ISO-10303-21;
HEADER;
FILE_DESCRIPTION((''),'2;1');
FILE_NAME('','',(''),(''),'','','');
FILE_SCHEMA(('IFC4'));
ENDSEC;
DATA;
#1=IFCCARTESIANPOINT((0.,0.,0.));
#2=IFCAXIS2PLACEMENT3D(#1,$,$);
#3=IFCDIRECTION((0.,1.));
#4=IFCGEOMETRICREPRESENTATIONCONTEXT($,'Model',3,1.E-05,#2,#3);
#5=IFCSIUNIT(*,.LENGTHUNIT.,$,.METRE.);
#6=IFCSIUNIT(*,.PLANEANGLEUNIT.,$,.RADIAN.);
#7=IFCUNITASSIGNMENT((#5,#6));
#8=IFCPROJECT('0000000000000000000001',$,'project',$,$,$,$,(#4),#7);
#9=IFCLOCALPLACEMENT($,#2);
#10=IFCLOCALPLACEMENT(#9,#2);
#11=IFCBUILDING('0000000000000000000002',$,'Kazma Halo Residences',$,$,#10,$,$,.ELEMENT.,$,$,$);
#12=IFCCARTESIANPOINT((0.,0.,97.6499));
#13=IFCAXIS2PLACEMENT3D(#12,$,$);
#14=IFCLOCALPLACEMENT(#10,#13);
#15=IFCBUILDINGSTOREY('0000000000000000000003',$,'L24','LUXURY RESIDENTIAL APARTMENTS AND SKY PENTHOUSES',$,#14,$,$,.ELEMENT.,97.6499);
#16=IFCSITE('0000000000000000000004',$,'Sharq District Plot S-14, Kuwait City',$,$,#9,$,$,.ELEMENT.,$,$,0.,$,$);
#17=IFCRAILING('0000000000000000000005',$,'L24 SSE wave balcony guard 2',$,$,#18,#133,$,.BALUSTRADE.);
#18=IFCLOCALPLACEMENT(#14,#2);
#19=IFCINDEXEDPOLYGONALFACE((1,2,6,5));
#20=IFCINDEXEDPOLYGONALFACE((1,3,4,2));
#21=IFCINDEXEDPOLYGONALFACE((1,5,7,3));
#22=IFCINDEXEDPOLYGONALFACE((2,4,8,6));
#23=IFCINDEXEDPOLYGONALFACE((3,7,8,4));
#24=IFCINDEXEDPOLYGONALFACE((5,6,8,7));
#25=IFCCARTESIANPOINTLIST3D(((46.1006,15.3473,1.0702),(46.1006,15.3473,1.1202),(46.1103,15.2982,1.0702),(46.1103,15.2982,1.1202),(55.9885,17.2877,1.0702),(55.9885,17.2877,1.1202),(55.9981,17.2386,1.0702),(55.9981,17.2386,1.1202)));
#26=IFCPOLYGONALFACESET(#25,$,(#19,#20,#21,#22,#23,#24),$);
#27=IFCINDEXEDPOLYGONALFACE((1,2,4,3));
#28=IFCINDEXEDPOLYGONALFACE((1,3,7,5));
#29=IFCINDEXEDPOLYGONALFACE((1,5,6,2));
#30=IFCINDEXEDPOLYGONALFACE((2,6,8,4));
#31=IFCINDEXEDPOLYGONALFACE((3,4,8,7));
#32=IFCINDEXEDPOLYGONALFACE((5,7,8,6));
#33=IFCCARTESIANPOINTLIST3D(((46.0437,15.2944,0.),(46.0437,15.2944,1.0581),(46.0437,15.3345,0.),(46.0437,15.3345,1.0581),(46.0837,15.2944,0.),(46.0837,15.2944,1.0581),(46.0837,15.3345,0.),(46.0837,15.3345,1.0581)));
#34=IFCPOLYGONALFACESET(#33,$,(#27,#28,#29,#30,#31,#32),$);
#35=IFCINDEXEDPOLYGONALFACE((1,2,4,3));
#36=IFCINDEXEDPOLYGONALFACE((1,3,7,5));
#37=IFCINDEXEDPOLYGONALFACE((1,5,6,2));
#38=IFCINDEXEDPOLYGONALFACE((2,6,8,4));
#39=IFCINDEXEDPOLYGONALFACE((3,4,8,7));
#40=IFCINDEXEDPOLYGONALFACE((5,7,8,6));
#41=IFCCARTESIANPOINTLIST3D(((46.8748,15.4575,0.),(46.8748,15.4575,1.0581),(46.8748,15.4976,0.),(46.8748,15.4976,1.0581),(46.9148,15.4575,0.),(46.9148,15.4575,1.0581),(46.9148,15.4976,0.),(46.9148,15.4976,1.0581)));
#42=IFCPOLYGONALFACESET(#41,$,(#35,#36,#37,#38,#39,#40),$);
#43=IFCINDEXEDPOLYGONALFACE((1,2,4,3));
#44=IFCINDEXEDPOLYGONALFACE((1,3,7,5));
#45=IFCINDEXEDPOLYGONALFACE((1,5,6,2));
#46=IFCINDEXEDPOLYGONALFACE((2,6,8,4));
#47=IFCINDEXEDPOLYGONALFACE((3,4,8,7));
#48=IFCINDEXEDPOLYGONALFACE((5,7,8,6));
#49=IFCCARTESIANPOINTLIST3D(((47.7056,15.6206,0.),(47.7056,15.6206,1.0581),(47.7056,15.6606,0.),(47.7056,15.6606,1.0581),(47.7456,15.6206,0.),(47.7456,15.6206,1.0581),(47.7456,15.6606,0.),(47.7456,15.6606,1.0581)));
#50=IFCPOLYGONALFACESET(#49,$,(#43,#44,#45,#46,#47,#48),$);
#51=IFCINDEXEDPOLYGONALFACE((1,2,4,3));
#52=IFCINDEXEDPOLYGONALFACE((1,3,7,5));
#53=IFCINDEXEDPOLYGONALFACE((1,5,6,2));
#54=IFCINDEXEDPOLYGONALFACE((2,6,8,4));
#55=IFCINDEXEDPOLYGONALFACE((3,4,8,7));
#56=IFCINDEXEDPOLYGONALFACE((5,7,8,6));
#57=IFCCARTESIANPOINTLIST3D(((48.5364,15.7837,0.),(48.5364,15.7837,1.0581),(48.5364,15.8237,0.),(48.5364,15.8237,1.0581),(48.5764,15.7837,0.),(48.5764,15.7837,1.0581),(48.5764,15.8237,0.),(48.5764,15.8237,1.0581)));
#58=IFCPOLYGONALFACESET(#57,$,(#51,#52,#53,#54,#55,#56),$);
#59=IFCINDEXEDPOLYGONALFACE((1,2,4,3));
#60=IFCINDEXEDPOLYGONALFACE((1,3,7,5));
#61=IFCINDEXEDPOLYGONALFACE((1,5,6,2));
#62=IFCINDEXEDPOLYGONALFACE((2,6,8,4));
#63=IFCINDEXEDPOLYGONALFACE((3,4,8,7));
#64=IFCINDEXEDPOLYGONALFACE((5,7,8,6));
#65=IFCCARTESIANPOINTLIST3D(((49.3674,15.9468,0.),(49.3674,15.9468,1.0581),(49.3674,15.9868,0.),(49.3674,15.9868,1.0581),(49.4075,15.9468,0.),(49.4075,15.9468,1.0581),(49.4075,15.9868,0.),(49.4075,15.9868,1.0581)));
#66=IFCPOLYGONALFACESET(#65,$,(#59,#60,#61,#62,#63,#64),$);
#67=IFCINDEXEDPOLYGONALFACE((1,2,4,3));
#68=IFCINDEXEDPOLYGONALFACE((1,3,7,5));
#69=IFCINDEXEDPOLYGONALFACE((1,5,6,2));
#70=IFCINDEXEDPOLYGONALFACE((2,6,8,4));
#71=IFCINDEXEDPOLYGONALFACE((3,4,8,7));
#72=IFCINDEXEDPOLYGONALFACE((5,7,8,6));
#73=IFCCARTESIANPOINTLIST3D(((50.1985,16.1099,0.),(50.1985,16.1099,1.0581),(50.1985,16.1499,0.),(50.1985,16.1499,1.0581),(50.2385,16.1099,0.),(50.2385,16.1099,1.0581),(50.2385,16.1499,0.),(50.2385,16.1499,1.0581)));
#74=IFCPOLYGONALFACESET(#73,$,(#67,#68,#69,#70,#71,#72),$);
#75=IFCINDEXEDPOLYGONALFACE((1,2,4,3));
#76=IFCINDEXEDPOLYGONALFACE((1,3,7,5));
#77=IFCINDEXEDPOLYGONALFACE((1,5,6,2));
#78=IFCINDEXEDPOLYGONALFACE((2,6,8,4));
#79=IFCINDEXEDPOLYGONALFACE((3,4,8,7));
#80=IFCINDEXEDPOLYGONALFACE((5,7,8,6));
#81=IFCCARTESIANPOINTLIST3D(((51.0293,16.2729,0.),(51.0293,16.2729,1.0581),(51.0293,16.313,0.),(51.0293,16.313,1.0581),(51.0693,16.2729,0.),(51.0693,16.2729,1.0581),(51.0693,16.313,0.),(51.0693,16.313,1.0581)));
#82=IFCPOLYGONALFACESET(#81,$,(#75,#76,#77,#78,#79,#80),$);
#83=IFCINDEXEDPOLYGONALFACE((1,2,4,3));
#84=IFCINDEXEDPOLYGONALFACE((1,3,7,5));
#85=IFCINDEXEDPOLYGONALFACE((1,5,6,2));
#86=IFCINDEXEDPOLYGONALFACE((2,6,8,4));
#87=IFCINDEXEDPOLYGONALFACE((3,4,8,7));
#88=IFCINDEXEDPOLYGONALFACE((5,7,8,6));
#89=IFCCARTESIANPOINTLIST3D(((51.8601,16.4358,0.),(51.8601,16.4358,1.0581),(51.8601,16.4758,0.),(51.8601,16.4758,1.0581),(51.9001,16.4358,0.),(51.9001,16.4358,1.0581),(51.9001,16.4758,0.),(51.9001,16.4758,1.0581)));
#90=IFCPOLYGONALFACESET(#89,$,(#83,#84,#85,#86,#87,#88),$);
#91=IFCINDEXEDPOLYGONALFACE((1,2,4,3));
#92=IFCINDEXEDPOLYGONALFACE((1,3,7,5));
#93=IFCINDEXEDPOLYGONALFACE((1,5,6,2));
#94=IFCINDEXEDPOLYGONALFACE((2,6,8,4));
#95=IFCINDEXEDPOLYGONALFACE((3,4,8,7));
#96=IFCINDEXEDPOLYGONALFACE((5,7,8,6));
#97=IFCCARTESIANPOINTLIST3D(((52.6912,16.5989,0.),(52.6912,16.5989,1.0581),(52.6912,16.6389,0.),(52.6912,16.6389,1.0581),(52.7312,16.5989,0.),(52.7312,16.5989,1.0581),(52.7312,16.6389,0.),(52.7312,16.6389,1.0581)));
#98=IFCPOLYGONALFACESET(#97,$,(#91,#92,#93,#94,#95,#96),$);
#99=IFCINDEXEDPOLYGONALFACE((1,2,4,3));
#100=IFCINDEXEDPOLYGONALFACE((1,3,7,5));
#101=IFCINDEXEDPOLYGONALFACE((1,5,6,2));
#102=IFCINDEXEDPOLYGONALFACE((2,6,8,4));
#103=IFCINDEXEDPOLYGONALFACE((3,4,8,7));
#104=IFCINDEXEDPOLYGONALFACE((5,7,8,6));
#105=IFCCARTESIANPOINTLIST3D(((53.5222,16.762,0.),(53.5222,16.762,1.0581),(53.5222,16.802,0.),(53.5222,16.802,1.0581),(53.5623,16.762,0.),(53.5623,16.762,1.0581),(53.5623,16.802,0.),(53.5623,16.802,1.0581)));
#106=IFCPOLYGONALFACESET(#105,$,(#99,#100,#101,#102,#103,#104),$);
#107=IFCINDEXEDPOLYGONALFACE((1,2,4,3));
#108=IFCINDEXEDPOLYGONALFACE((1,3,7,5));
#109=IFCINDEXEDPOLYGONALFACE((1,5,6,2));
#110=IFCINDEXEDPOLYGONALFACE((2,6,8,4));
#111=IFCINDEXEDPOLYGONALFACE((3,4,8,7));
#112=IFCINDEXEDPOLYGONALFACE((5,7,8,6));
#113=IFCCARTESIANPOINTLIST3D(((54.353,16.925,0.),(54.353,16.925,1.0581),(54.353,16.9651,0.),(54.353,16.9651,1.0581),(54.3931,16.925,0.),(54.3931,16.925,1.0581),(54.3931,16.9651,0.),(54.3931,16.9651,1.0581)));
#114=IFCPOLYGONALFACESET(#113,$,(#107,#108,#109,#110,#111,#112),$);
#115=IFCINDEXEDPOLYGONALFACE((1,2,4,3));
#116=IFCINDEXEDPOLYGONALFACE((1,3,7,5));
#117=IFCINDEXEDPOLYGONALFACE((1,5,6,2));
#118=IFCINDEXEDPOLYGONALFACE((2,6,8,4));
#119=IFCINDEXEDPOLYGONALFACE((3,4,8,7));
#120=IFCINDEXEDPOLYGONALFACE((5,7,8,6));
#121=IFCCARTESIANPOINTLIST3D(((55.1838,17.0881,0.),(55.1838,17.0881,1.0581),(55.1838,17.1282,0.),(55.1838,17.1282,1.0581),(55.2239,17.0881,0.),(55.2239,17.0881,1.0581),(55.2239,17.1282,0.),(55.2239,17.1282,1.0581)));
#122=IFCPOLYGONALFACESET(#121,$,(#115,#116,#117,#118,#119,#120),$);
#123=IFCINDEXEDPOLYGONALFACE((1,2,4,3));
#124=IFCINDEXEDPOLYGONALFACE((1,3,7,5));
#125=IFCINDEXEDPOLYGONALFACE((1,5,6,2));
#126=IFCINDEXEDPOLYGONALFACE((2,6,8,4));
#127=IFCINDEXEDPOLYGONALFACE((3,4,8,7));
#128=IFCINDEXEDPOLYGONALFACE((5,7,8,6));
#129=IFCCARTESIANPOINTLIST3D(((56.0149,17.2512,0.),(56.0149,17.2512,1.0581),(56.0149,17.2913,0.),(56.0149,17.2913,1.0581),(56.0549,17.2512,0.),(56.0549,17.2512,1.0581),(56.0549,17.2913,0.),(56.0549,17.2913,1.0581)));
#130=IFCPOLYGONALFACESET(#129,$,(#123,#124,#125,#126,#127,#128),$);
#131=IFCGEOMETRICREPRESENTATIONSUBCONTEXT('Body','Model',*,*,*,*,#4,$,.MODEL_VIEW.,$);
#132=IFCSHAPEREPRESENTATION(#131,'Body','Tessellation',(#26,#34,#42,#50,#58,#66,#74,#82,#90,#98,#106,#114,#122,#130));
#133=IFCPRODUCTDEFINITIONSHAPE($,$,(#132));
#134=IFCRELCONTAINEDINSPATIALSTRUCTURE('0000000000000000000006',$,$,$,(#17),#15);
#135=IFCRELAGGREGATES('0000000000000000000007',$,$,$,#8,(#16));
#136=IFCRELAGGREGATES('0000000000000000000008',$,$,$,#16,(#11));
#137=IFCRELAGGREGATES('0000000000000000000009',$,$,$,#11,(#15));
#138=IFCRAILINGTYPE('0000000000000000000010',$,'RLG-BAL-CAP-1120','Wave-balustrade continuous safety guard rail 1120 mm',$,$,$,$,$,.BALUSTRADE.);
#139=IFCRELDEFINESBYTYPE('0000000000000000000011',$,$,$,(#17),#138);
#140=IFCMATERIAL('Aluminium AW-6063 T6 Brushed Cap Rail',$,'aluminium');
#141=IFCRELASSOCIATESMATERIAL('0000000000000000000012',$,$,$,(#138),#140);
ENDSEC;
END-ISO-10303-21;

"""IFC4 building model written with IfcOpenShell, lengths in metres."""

from ifc_helpers import new_model, si_unit, direction, frame, origin, origin_2d, place, context, subcontext, project, spatial, rectangle, extrude, material, type_object, element, save


model = new_model("IFC4")

# Units and contexts
model_context = context("Model", 3, precision=1e-05, world=origin(), true_north=direction((0.0, 1.0)))
body_context = subcontext(model_context, "Body", "Model", "MODEL_VIEW")
ifc_project = project(units=[si_unit("LENGTHUNIT", "METRE"), si_unit("PLANEANGLEUNIT", "RADIAN")], contexts=[model_context])

# Site, building, storey
site_placement = place(None, origin())
site = spatial("IfcSite", under=ifc_project, at=site_placement, Name="Sharq District Plot S-14, Kuwait City", CompositionType="ELEMENT", RefElevation=0.0)
building_placement = place(site_placement, origin())
building = spatial("IfcBuilding", under=site, at=building_placement, Name="Kazma Halo Residences", CompositionType="ELEMENT")
storey_placement = place(building_placement, frame((0.0, 0.0, 97.6499)))
storey = spatial("IfcBuildingStorey", under=building, at=storey_placement, Name="L24", Description="LUXURY RESIDENTIAL APARTMENTS AND SKY PENTHOUSES", CompositionType="ELEMENT", Elevation=97.6499)

# Railing
ifc_material_1 = material(Name="Aluminium AW-6063 T6 Brushed Cap Rail", Category="aluminium")
railing_type = type_object("IfcRailingType", Name="RLG-BAL-CAP-1120", Description="Wave-balustrade continuous safety guard rail 1120 mm", PredefinedType="BALUSTRADE", material=ifc_material_1)
railing_1_placement = place(storey_placement, frame((46.0637, 15.3145, 0.0)))
element("IfcRailing", 1, at=railing_1_placement, inside=storey, type_object=railing_type, Name="L24 SSE wave balcony guard 2", PredefinedType="BALUSTRADE", context=body_context, shape_type="SweptSolid", body=[
    extrude(rectangle(XDim=0.05, YDim=0.05, at=origin_2d()), frame((0.0417, 0.0083, 1.0952), z_axis=(0.981283, 0.192571, 0.0), x_axis=(-0.192571, 0.981283, 0.0)), (0.0, 0.0, 1.0), 10.0764),
    extrude(rectangle(XDim=0.04, YDim=0.04, at=origin_2d()), origin(), (0.0, 0.0, 1.0), 1.0581),
    extrude(rectangle(XDim=0.04, YDim=0.04, at=origin_2d()), frame((0.8311, 0.1631, 0.0)), (0.0, 0.0, 1.0), 1.0581),
    extrude(rectangle(XDim=0.04, YDim=0.04, at=origin_2d()), frame((1.6619, 0.3262, 0.0)), (0.0, 0.0, 1.0), 1.0581),
    extrude(rectangle(XDim=0.04, YDim=0.04, at=origin_2d()), frame((2.4927, 0.4893, 0.0)), (0.0, 0.0, 1.0), 1.0581),
    extrude(rectangle(XDim=0.04, YDim=0.04, at=origin_2d()), frame((3.3237, 0.6523, 0.0)), (0.0, 0.0, 1.0), 1.0581),
    extrude(rectangle(XDim=0.04, YDim=0.04, at=origin_2d()), frame((4.1548, 0.8154, 0.0)), (0.0, 0.0, 1.0), 1.0581),
    extrude(rectangle(XDim=0.04, YDim=0.04, at=origin_2d()), frame((4.9856, 0.9785, 0.0)), (0.0, 0.0, 1.0), 1.0581),
    extrude(rectangle(XDim=0.04, YDim=0.04, at=origin_2d()), frame((5.8164, 1.1414, 0.0)), (0.0, 0.0, 1.0), 1.0581),
    extrude(rectangle(XDim=0.04, YDim=0.04, at=origin_2d()), frame((6.6475, 1.3044, 0.0)), (0.0, 0.0, 1.0), 1.0581),
    extrude(rectangle(XDim=0.04, YDim=0.04, at=origin_2d()), frame((7.4785, 1.4675, 0.0)), (0.0, 0.0, 1.0), 1.0581),
    extrude(rectangle(XDim=0.04, YDim=0.04, at=origin_2d()), frame((8.3093, 1.6306, 0.0)), (0.0, 0.0, 1.0), 1.0581),
    extrude(rectangle(XDim=0.04, YDim=0.04, at=origin_2d()), frame((9.1401, 1.7937, 0.0)), (0.0, 0.0, 1.0), 1.0581),
    extrude(rectangle(XDim=0.04, YDim=0.04, at=origin_2d()), frame((9.9712, 1.9568, 0.0)), (0.0, 0.0, 1.0), 1.0581),
])

save(model, "model.ifc")
